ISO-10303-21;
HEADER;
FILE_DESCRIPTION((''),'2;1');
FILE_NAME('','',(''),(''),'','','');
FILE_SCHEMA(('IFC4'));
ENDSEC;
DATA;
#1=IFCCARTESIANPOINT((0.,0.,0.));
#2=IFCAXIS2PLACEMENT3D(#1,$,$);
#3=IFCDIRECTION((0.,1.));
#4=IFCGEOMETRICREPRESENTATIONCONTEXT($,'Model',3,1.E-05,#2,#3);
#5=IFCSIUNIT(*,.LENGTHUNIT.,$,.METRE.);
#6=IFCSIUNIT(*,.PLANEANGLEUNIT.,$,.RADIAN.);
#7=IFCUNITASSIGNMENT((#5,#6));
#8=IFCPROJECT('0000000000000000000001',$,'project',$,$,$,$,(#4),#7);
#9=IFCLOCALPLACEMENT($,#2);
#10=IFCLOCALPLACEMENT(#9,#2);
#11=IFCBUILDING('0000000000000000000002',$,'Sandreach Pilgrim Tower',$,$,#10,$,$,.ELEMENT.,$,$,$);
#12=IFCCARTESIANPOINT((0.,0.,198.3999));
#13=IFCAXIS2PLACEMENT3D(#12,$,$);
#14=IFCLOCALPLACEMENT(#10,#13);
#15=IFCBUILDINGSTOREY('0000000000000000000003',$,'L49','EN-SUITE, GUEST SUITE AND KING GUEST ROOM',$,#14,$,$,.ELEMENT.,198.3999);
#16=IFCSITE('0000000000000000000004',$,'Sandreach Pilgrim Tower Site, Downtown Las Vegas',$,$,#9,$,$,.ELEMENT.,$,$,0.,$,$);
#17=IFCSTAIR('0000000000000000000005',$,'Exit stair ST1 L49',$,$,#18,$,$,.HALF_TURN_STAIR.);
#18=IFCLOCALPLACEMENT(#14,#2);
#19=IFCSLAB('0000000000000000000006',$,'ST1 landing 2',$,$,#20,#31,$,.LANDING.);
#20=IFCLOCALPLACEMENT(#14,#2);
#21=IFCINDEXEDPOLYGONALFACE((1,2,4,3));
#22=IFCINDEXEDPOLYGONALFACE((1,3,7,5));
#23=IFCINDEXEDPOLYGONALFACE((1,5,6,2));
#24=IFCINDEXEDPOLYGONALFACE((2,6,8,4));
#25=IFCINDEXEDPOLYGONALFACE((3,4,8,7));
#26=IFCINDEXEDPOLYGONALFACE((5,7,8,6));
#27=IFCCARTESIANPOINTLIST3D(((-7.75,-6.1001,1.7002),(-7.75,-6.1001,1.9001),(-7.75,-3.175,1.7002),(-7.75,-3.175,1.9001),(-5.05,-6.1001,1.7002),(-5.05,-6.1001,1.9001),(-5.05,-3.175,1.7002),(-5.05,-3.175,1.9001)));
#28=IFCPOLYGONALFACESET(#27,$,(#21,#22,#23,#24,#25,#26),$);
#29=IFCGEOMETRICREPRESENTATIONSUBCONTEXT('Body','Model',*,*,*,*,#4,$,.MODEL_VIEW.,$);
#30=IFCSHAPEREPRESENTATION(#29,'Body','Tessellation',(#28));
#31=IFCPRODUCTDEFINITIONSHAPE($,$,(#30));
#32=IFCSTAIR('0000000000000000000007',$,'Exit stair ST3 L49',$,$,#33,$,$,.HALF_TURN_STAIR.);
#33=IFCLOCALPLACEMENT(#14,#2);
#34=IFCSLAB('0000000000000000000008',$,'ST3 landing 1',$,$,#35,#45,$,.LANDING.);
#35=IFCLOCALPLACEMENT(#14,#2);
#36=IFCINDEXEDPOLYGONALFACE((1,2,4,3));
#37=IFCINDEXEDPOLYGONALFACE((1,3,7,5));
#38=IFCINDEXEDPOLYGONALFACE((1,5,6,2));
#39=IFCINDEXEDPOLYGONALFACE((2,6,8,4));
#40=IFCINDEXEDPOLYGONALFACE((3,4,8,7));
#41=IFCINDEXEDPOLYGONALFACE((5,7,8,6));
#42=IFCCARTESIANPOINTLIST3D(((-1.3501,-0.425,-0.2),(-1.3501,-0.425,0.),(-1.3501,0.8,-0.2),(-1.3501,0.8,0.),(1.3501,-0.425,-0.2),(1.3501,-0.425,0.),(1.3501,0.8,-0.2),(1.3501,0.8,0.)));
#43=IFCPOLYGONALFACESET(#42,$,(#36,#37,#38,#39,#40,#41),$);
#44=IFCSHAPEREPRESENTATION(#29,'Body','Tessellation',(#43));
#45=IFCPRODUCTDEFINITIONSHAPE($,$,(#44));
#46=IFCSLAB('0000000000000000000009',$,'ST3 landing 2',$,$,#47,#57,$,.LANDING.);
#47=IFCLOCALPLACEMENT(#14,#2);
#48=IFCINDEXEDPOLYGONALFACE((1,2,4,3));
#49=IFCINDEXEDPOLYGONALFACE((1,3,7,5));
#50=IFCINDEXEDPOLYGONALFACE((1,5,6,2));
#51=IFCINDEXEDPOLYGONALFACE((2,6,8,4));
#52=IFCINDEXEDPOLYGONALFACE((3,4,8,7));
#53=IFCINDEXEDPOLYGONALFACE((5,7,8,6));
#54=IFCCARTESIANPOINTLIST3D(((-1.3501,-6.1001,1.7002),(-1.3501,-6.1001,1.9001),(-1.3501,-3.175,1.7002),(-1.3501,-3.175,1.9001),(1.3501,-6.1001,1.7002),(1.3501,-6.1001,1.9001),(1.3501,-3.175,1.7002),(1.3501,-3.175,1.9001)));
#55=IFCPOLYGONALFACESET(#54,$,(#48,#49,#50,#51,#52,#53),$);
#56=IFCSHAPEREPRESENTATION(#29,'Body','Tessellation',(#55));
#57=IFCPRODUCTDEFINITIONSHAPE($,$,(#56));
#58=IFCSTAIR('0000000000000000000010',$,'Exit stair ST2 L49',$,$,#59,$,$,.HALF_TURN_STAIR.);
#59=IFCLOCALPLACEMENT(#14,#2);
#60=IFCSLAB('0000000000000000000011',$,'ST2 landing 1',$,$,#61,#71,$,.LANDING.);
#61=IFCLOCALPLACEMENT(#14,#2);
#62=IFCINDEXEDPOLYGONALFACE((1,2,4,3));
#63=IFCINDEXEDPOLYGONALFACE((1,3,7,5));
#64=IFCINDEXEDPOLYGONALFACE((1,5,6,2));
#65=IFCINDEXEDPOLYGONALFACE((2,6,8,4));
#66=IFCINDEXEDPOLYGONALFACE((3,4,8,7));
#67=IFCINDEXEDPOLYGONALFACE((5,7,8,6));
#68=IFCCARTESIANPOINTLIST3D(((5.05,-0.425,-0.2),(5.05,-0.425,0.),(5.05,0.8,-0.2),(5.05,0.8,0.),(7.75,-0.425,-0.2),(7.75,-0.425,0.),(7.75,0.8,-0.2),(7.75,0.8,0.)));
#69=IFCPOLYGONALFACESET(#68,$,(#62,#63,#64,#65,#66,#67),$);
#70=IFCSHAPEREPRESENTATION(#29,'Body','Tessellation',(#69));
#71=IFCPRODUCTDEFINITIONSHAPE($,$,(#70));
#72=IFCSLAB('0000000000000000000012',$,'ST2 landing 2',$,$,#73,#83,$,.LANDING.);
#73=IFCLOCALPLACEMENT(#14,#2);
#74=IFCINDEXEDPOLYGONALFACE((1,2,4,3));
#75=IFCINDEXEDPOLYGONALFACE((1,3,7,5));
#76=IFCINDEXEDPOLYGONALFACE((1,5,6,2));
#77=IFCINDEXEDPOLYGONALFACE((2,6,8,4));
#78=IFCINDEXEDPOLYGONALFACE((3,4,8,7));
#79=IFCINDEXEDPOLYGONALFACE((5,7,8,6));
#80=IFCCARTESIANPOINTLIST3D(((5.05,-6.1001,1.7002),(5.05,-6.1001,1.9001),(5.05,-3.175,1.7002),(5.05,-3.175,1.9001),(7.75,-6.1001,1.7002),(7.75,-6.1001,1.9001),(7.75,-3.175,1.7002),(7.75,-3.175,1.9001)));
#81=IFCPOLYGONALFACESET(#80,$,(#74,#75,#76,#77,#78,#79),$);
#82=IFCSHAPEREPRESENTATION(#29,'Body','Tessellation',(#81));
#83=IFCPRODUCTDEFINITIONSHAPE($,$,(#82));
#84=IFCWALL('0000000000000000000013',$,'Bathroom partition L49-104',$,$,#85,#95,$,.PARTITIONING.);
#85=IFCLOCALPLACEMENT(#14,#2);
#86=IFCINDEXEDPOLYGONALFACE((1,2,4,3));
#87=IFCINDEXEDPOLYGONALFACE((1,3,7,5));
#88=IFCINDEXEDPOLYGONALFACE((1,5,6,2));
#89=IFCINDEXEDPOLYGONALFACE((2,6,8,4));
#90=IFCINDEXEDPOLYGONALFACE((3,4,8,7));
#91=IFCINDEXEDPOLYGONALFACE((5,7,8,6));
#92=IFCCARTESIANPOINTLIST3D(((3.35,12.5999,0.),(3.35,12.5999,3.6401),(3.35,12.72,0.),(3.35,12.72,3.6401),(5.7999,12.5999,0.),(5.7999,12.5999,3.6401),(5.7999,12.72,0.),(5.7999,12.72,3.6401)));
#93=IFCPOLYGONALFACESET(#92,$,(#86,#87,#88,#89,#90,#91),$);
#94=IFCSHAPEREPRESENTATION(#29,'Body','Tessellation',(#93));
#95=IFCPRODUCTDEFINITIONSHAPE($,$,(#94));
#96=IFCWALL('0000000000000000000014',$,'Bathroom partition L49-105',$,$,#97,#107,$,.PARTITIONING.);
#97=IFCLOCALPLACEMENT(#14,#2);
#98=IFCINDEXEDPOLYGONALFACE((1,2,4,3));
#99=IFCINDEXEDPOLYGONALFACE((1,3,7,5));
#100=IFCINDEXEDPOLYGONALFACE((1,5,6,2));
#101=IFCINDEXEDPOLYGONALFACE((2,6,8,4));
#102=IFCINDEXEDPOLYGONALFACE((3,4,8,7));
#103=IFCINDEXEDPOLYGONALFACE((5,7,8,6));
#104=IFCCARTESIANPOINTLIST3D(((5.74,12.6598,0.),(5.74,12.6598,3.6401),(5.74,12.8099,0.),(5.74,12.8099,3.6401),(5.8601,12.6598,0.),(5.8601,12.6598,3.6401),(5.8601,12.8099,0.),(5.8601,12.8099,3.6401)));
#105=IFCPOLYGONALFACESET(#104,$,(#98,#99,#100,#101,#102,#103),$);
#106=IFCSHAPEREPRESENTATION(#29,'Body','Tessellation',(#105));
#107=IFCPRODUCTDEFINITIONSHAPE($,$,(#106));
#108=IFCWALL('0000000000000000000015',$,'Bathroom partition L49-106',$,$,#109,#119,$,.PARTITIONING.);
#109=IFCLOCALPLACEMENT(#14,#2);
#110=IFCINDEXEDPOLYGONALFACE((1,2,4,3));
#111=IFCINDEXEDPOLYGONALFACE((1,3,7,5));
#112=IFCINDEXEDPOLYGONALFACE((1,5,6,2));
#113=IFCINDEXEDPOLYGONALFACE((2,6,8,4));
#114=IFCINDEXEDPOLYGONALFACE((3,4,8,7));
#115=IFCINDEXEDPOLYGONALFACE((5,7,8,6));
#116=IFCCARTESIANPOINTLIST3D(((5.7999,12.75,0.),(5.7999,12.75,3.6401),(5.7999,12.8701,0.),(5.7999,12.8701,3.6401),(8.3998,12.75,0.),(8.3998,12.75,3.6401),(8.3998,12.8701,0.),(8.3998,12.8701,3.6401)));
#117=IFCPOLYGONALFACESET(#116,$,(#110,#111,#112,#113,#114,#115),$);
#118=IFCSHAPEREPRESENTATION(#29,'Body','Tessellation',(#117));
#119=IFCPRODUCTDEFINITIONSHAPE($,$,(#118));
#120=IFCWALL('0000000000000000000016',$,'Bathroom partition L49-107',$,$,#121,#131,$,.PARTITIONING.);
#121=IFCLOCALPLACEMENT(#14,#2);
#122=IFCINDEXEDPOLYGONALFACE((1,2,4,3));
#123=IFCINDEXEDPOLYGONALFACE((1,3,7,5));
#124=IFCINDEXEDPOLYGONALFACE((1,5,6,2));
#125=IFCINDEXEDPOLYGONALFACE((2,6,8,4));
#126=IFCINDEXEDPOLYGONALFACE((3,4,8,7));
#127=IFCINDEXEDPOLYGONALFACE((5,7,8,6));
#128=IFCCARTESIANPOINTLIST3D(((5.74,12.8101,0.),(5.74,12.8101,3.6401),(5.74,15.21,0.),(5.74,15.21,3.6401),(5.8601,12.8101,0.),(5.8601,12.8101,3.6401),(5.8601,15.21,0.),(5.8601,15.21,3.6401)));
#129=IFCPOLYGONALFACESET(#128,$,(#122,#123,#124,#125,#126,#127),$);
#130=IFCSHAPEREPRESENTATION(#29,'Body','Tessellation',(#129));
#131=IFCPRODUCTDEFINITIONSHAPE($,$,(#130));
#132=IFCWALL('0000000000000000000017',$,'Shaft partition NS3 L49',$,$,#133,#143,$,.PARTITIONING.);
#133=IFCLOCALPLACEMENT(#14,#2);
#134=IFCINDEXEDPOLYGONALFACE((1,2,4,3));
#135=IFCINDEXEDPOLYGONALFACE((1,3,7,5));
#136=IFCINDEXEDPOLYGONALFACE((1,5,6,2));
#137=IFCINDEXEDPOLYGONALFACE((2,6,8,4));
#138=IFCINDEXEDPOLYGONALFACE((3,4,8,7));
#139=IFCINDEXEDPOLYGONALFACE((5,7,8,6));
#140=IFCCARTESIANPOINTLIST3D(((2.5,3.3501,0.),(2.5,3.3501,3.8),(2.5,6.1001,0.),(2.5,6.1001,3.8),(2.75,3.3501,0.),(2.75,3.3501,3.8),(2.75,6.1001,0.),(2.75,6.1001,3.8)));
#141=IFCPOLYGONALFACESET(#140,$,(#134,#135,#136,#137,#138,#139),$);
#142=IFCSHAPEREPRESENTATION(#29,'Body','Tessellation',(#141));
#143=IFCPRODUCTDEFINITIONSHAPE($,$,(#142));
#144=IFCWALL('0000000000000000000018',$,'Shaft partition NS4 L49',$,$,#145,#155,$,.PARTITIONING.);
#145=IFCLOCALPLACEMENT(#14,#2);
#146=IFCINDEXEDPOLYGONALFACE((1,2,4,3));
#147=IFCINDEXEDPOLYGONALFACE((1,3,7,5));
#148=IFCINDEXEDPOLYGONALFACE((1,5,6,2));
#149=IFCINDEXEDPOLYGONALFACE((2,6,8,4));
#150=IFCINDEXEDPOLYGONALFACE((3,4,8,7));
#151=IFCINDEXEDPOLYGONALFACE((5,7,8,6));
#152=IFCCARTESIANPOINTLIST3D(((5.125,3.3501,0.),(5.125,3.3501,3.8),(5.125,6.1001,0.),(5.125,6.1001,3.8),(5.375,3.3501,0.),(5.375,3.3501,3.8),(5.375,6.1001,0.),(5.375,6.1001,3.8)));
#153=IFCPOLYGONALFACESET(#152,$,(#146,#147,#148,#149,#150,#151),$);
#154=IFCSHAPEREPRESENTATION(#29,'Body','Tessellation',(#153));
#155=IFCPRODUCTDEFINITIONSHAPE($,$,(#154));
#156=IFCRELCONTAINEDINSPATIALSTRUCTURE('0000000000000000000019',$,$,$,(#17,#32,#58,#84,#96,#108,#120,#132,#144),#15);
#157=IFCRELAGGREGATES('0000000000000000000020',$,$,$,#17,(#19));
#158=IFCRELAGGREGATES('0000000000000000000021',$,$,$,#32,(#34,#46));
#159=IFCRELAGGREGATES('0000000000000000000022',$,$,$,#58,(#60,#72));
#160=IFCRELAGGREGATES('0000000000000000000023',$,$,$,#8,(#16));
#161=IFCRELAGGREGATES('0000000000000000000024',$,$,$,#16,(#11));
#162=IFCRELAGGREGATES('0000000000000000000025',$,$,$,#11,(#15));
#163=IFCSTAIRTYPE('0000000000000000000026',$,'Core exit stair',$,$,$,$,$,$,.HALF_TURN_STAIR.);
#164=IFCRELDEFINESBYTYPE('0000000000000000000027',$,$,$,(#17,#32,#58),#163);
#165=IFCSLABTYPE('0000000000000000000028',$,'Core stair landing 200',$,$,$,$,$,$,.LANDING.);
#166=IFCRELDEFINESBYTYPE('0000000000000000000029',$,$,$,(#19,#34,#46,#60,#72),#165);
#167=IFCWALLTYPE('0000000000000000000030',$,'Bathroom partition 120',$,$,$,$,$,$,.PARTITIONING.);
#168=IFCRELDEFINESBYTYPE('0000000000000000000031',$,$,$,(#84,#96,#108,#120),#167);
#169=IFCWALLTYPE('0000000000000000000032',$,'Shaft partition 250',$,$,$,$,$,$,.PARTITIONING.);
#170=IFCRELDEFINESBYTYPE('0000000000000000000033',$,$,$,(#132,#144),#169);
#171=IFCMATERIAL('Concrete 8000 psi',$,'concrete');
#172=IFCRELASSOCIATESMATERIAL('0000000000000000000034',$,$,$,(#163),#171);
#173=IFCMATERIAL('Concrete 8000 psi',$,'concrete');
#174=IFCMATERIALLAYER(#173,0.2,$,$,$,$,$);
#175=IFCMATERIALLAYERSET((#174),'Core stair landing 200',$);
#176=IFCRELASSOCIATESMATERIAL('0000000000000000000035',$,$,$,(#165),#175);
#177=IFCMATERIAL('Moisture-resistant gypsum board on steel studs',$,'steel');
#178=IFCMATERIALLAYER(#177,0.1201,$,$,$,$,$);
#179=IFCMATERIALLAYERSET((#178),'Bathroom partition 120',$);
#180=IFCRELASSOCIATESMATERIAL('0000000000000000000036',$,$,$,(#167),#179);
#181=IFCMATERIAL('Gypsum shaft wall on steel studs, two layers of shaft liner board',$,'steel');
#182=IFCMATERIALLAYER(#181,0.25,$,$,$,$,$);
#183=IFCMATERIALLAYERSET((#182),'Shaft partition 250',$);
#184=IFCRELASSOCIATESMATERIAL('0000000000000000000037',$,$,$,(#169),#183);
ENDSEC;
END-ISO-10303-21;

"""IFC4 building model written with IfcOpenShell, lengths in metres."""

from ifc_helpers import new_model, si_unit, direction, frame, frame_2d, origin, place, context, subcontext, project, spatial, polyline, rectangle, outline, extrude, material, layer, layer_set, type_object, element, aggregate, save


model = new_model("IFC4")

# Units and contexts
model_context = context("Model", 3, precision=1e-05, world=origin(), true_north=direction((0.0, 1.0)))
body_context = subcontext(model_context, "Body", "Model", "MODEL_VIEW")
ifc_project = project(units=[si_unit("LENGTHUNIT", "METRE"), si_unit("PLANEANGLEUNIT", "RADIAN")], contexts=[model_context])

# Site, building, storey
site_placement = place(None, origin())
site = spatial("IfcSite", under=ifc_project, at=site_placement, Name="Sandreach Pilgrim Tower Site, Downtown Las Vegas", CompositionType="ELEMENT", RefElevation=0.0)
building_placement = place(site_placement, origin())
building = spatial("IfcBuilding", under=site, at=building_placement, Name="Sandreach Pilgrim Tower", CompositionType="ELEMENT")
storey_placement = place(building_placement, frame((0.0, 0.0, 198.3999)))
storey = spatial("IfcBuildingStorey", under=building, at=storey_placement, Name="L49", Description="EN-SUITE, GUEST SUITE AND KING GUEST ROOM", CompositionType="ELEMENT", Elevation=198.3999)

# Stair, slab
ifc_material_1 = material(Name="Concrete 8000 psi", Category="concrete")
stair_type = type_object("IfcStairType", Name="Core exit stair", PredefinedType="HALF_TURN_STAIR", material=ifc_material_1)
stair_1_placement = place(storey_placement, origin())
stair_1 = element("IfcStair", 1, at=stair_1_placement, inside=storey, type_object=stair_type, Name="Exit stair ST1 L49", PredefinedType="HALF_TURN_STAIR")
ifc_material_2 = material(Name="Concrete 8000 psi", Category="concrete")
ifc_layer_1 = layer(ifc_material_2, 0.2)
ifc_layer_set_1 = layer_set([ifc_layer_1], Name="Core stair landing 200")
slab_type = type_object("IfcSlabType", Name="Core stair landing 200", PredefinedType="LANDING", material=ifc_layer_set_1)
slab_1_placement = place(storey_placement, frame((0.0, 0.0, 1.7002)))
slab_1 = element("IfcSlab", 2, at=slab_1_placement, type_object=slab_type, Name="ST1 landing 2", PredefinedType="LANDING", context=body_context, shape_type="SweptSolid", body=[
    extrude(outline(polyline([(-7.75, -6.1001), (-5.05, -6.1001), (-5.05, -3.175), (-7.75, -3.175), (-7.75, -6.1001)])), origin(), (0.0, 0.0, 1.0), 0.2),
])
aggregate(stair_1, [slab_1])

# Stairs, slabs
stair_2_placement = place(storey_placement, origin())
stair_2 = element("IfcStair", 3, at=stair_2_placement, inside=storey, type_object=stair_type, Name="Exit stair ST3 L49", PredefinedType="HALF_TURN_STAIR")
slab_2_placement = place(storey_placement, frame((0.0, 0.0, -0.2)))
slab_2 = element("IfcSlab", 4, at=slab_2_placement, type_object=slab_type, Name="ST3 landing 1", PredefinedType="LANDING", context=body_context, shape_type="SweptSolid", body=[
    extrude(outline(polyline([(-1.3501, -0.425), (1.3501, -0.425), (1.3501, 0.8), (-1.3501, 0.8), (-1.3501, -0.425)])), origin(), (0.0, 0.0, 1.0), 0.2),
])
slab_3_placement = place(storey_placement, frame((0.0, 0.0, 1.7002)))
slab_3 = element("IfcSlab", 5, at=slab_3_placement, type_object=slab_type, Name="ST3 landing 2", PredefinedType="LANDING", context=body_context, shape_type="SweptSolid", body=[
    extrude(outline(polyline([(-1.3501, -6.1001), (1.3501, -6.1001), (1.3501, -3.175), (-1.3501, -3.175), (-1.3501, -6.1001)])), origin(), (0.0, 0.0, 1.0), 0.2),
])
aggregate(stair_2, [slab_2, slab_3])
stair_3_placement = place(storey_placement, origin())
stair_3 = element("IfcStair", 6, at=stair_3_placement, inside=storey, type_object=stair_type, Name="Exit stair ST2 L49", PredefinedType="HALF_TURN_STAIR")
slab_4_placement = place(storey_placement, frame((0.0, 0.0, -0.2)))
slab_4 = element("IfcSlab", 7, at=slab_4_placement, type_object=slab_type, Name="ST2 landing 1", PredefinedType="LANDING", context=body_context, shape_type="SweptSolid", body=[
    extrude(outline(polyline([(5.05, -0.425), (7.75, -0.425), (7.75, 0.8), (5.05, 0.8), (5.05, -0.425)])), origin(), (0.0, 0.0, 1.0), 0.2),
])
slab_5_placement = place(storey_placement, frame((0.0, 0.0, 1.7002)))
slab_5 = element("IfcSlab", 8, at=slab_5_placement, type_object=slab_type, Name="ST2 landing 2", PredefinedType="LANDING", context=body_context, shape_type="SweptSolid", body=[
    extrude(outline(polyline([(5.05, -6.1001), (7.75, -6.1001), (7.75, -3.175), (5.05, -3.175), (5.05, -6.1001)])), origin(), (0.0, 0.0, 1.0), 0.2),
])
aggregate(stair_3, [slab_4, slab_5])

# Walls
ifc_material_3 = material(Name="Moisture-resistant gypsum board on steel studs", Category="steel")
ifc_layer_2 = layer(ifc_material_3, 0.1201)
ifc_layer_set_2 = layer_set([ifc_layer_2], Name="Bathroom partition 120")
wall_type_1 = type_object("IfcWallType", Name="Bathroom partition 120", PredefinedType="PARTITIONING", material=ifc_layer_set_2)
wall_1_placement = place(storey_placement, frame((5.8, 12.6599, 0.0), z_axis=(0.0, 0.0, 1.0), x_axis=(-1.0, 0.0, 0.0)))
element("IfcWall", 9, at=wall_1_placement, inside=storey, type_object=wall_type_1, Name="Bathroom partition L49-104", PredefinedType="PARTITIONING", context=body_context, shape_type="SweptSolid", body=[
    extrude(rectangle(XDim=2.45, YDim=0.1201, at=frame_2d((1.2251, 0.0))), origin(), (0.0, 0.0, 1.0), 3.6401),
])
wall_2_placement = place(storey_placement, frame((5.8, 12.8101, 0.0), z_axis=(0.0, 0.0, 1.0), x_axis=(0.0, -1.0, 0.0)))
element("IfcWall", 10, at=wall_2_placement, inside=storey, type_object=wall_type_1, Name="Bathroom partition L49-105", PredefinedType="PARTITIONING", context=body_context, shape_type="SweptSolid", body=[
    extrude(rectangle(XDim=0.1501, YDim=0.1201, at=frame_2d((0.0752, 0.0))), origin(), (0.0, 0.0, 1.0), 3.6401),
])
wall_3_placement = place(storey_placement, frame((5.8, 12.8101, 0.0), z_axis=(0.0, 0.0, 1.0), x_axis=(1.0, 0.0, 0.0)))
element("IfcWall", 11, at=wall_3_placement, inside=storey, type_object=wall_type_1, Name="Bathroom partition L49-106", PredefinedType="PARTITIONING", context=body_context, shape_type="SweptSolid", body=[
    extrude(rectangle(XDim=2.5999, YDim=0.1201, at=frame_2d((1.2998, 0.0))), origin(), (0.0, 0.0, 1.0), 3.6401),
])
wall_4_placement = place(storey_placement, frame((5.8, 15.21, 0.0), z_axis=(0.0, 0.0, 1.0), x_axis=(0.0, -1.0, 0.0)))
element("IfcWall", 12, at=wall_4_placement, inside=storey, type_object=wall_type_1, Name="Bathroom partition L49-107", PredefinedType="PARTITIONING", context=body_context, shape_type="SweptSolid", body=[
    extrude(rectangle(XDim=2.3999, YDim=0.1201, at=frame_2d((1.2, 0.0))), origin(), (0.0, 0.0, 1.0), 3.6401),
])

# Walls
ifc_material_4 = material(Name="Gypsum shaft wall on steel studs, two layers of shaft liner board", Category="steel")
ifc_layer_3 = layer(ifc_material_4, 0.25)
ifc_layer_set_3 = layer_set([ifc_layer_3], Name="Shaft partition 250")
wall_type_2 = type_object("IfcWallType", Name="Shaft partition 250", PredefinedType="PARTITIONING", material=ifc_layer_set_3)
for number, where, z_axis, x_axis, name in (
    (13, (2.625, 3.3501, 0.0), (0.0, 0.0, 1.0), (0.0, 1.0, 0.0), "Shaft partition NS3 L49"),
    (14, (5.25, 3.3501, 0.0), (0.0, 0.0, 1.0), (0.0, 1.0, 0.0), "Shaft partition NS4 L49"),
):
    element("IfcWall", number, at=place(storey_placement, frame(where, z_axis=z_axis, x_axis=x_axis)), inside=storey, type_object=wall_type_2, Name=name, PredefinedType="PARTITIONING", context=body_context, shape_type="SweptSolid", body=[
        extrude(rectangle(XDim=2.75, YDim=0.25, at=frame_2d((1.375, 0.0))), origin(), (0.0, 0.0, 1.0), 3.8),
    ])

save(model, "model.ifc")
